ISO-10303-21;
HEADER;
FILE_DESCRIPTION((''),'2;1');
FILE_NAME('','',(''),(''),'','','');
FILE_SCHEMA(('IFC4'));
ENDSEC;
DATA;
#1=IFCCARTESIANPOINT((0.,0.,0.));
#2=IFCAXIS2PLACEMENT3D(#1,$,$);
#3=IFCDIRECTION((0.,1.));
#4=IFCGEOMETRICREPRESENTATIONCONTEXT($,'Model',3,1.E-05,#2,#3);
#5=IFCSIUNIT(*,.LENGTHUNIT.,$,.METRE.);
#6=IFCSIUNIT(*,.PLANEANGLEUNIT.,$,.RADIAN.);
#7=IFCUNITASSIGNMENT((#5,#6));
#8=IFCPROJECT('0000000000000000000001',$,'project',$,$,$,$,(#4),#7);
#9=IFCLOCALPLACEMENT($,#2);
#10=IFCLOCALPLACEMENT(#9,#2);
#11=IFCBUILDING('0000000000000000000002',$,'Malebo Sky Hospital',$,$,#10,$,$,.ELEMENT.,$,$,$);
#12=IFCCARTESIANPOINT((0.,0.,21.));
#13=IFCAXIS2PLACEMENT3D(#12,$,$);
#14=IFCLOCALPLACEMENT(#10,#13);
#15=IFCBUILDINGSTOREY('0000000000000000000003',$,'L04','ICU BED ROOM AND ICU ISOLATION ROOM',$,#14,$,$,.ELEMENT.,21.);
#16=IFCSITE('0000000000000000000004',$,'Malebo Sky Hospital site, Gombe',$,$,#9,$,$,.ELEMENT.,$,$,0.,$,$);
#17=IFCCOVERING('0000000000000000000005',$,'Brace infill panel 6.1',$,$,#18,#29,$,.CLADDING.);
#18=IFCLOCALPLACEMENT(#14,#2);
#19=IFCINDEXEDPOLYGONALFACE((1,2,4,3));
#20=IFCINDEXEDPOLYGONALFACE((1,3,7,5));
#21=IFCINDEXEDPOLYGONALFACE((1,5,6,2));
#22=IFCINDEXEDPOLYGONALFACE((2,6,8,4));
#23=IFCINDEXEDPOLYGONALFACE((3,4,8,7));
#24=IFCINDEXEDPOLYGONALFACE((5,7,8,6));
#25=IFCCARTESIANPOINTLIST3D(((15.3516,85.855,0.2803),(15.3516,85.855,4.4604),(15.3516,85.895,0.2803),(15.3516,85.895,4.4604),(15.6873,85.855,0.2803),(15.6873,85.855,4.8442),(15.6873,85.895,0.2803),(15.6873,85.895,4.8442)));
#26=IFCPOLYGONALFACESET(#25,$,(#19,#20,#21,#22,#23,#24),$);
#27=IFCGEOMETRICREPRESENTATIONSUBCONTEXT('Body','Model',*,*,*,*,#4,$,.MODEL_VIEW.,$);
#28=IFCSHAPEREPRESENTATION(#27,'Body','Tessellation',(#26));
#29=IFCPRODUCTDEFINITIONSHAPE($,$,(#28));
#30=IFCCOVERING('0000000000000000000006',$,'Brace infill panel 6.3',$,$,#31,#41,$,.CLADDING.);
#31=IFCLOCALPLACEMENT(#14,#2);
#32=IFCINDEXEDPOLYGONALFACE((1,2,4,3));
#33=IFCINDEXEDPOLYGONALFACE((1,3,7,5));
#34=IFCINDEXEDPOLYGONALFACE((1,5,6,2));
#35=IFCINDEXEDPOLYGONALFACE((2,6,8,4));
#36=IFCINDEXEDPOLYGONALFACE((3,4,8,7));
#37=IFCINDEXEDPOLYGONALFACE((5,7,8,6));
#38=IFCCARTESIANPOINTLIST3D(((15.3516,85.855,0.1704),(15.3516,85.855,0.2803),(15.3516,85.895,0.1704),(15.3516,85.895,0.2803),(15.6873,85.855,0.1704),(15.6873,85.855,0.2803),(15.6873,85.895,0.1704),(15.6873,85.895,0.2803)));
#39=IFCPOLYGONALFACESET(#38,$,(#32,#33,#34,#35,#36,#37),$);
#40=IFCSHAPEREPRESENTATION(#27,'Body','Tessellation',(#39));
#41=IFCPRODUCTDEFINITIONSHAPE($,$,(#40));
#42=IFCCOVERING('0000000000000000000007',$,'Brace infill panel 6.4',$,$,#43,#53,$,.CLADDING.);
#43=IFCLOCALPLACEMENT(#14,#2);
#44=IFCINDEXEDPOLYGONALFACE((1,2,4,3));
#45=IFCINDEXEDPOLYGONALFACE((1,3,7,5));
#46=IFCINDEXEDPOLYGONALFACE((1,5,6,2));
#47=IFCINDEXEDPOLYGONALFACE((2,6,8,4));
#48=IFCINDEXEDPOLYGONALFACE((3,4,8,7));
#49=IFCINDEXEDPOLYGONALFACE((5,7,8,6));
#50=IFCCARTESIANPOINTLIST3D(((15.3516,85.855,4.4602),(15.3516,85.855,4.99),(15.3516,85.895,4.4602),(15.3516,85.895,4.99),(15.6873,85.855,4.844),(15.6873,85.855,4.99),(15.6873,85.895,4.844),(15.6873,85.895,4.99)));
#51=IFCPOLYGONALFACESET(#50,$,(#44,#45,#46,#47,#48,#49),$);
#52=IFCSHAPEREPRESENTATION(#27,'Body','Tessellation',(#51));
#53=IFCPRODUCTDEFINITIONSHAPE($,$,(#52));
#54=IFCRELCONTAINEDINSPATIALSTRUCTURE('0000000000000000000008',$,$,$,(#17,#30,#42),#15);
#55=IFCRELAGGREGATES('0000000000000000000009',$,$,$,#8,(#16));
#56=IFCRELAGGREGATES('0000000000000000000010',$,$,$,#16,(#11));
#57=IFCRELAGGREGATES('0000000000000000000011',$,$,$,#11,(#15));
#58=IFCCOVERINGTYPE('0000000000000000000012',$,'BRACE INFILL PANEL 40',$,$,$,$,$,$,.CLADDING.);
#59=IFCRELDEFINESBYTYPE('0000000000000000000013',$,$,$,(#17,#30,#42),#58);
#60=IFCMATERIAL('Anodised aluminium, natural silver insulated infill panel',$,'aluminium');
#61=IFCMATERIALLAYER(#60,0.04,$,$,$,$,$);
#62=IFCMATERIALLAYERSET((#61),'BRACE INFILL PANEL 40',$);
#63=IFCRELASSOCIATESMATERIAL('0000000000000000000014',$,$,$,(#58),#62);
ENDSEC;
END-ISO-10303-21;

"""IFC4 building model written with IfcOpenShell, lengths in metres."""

from ifc_helpers import new_model, si_unit, direction, frame, origin, place, context, subcontext, project, spatial, polyline, outline, extrude, material, layer, layer_set, type_object, element, save


model = new_model("IFC4")

# Units and contexts
model_context = context("Model", 3, precision=1e-05, world=origin(), true_north=direction((0.0, 1.0)))
body_context = subcontext(model_context, "Body", "Model", "MODEL_VIEW")
ifc_project = project(units=[si_unit("LENGTHUNIT", "METRE"), si_unit("PLANEANGLEUNIT", "RADIAN")], contexts=[model_context])

# Site, building, storey
site_placement = place(None, origin())
site = spatial("IfcSite", under=ifc_project, at=site_placement, Name="Malebo Sky Hospital site, Gombe", CompositionType="ELEMENT", RefElevation=0.0)
building_placement = place(site_placement, origin())
building = spatial("IfcBuilding", under=site, at=building_placement, Name="Malebo Sky Hospital", CompositionType="ELEMENT")
storey_placement = place(building_placement, frame((0.0, 0.0, 21.0)))
storey = spatial("IfcBuildingStorey", under=building, at=storey_placement, Name="L04", Description="ICU BED ROOM AND ICU ISOLATION ROOM", CompositionType="ELEMENT", Elevation=21.0)

# Coverings
ifc_material_1 = material(Name="Anodised aluminium, natural silver insulated infill panel", Category="aluminium")
ifc_layer_1 = layer(ifc_material_1, 0.04)
ifc_layer_set_1 = layer_set([ifc_layer_1], Name="BRACE INFILL PANEL 40")
covering_type = type_object("IfcCoveringType", Name="BRACE INFILL PANEL 40", PredefinedType="CLADDING", material=ifc_layer_set_1)
covering_1_placement = place(storey_placement, frame((15.5195, 85.875, 0.2803), z_axis=(0.0, 0.0, 1.0), x_axis=(-1.0, 0.0, 0.0)))
element("IfcCovering", 1, at=covering_1_placement, inside=storey, type_object=covering_type, Name="Brace infill panel 6.1", PredefinedType="CLADDING", context=body_context, shape_type="SweptSolid", body=[
    extrude(outline(polyline([(-0.1677, 0.0), (0.168, 0.0), (0.168, 4.1802), (-0.1677, 4.564), (-0.1677, 0.0)])), frame((0.0, 0.02, 0.0), z_axis=(0.0, -1.0, 0.0), x_axis=(1.0, 0.0, 0.0)), (0.0, 0.0, 1.0), 0.04),
])
covering_2_placement = place(storey_placement, frame((15.5195, 85.875, 0.1704), z_axis=(0.0, 0.0, 1.0), x_axis=(-1.0, 0.0, 0.0)))
element("IfcCovering", 2, at=covering_2_placement, inside=storey, type_object=covering_type, Name="Brace infill panel 6.3", PredefinedType="CLADDING", context=body_context, shape_type="SweptSolid", body=[
    extrude(outline(polyline([(-0.1677, 0.0), (0.168, 0.0), (0.168, 0.1099), (-0.1677, 0.1099), (-0.1677, 0.0)])), frame((0.0, 0.02, 0.0), z_axis=(0.0, -1.0, 0.0), x_axis=(1.0, 0.0, 0.0)), (0.0, 0.0, 1.0), 0.04),
])
covering_3_placement = place(storey_placement, frame((15.5195, 85.875, 4.4602), z_axis=(0.0, 0.0, 1.0), x_axis=(-1.0, 0.0, 0.0)))
element("IfcCovering", 3, at=covering_3_placement, inside=storey, type_object=covering_type, Name="Brace infill panel 6.4", PredefinedType="CLADDING", context=body_context, shape_type="SweptSolid", body=[
    extrude(outline(polyline([(0.168, 0.0), (0.168, 0.5298), (-0.1677, 0.5298), (-0.1677, 0.3838), (0.168, 0.0)])), frame((0.0, 0.02, 0.0), z_axis=(0.0, -1.0, 0.0), x_axis=(1.0, 0.0, 0.0)), (0.0, 0.0, 1.0), 0.04),
])

save(model, "model.ifc")
